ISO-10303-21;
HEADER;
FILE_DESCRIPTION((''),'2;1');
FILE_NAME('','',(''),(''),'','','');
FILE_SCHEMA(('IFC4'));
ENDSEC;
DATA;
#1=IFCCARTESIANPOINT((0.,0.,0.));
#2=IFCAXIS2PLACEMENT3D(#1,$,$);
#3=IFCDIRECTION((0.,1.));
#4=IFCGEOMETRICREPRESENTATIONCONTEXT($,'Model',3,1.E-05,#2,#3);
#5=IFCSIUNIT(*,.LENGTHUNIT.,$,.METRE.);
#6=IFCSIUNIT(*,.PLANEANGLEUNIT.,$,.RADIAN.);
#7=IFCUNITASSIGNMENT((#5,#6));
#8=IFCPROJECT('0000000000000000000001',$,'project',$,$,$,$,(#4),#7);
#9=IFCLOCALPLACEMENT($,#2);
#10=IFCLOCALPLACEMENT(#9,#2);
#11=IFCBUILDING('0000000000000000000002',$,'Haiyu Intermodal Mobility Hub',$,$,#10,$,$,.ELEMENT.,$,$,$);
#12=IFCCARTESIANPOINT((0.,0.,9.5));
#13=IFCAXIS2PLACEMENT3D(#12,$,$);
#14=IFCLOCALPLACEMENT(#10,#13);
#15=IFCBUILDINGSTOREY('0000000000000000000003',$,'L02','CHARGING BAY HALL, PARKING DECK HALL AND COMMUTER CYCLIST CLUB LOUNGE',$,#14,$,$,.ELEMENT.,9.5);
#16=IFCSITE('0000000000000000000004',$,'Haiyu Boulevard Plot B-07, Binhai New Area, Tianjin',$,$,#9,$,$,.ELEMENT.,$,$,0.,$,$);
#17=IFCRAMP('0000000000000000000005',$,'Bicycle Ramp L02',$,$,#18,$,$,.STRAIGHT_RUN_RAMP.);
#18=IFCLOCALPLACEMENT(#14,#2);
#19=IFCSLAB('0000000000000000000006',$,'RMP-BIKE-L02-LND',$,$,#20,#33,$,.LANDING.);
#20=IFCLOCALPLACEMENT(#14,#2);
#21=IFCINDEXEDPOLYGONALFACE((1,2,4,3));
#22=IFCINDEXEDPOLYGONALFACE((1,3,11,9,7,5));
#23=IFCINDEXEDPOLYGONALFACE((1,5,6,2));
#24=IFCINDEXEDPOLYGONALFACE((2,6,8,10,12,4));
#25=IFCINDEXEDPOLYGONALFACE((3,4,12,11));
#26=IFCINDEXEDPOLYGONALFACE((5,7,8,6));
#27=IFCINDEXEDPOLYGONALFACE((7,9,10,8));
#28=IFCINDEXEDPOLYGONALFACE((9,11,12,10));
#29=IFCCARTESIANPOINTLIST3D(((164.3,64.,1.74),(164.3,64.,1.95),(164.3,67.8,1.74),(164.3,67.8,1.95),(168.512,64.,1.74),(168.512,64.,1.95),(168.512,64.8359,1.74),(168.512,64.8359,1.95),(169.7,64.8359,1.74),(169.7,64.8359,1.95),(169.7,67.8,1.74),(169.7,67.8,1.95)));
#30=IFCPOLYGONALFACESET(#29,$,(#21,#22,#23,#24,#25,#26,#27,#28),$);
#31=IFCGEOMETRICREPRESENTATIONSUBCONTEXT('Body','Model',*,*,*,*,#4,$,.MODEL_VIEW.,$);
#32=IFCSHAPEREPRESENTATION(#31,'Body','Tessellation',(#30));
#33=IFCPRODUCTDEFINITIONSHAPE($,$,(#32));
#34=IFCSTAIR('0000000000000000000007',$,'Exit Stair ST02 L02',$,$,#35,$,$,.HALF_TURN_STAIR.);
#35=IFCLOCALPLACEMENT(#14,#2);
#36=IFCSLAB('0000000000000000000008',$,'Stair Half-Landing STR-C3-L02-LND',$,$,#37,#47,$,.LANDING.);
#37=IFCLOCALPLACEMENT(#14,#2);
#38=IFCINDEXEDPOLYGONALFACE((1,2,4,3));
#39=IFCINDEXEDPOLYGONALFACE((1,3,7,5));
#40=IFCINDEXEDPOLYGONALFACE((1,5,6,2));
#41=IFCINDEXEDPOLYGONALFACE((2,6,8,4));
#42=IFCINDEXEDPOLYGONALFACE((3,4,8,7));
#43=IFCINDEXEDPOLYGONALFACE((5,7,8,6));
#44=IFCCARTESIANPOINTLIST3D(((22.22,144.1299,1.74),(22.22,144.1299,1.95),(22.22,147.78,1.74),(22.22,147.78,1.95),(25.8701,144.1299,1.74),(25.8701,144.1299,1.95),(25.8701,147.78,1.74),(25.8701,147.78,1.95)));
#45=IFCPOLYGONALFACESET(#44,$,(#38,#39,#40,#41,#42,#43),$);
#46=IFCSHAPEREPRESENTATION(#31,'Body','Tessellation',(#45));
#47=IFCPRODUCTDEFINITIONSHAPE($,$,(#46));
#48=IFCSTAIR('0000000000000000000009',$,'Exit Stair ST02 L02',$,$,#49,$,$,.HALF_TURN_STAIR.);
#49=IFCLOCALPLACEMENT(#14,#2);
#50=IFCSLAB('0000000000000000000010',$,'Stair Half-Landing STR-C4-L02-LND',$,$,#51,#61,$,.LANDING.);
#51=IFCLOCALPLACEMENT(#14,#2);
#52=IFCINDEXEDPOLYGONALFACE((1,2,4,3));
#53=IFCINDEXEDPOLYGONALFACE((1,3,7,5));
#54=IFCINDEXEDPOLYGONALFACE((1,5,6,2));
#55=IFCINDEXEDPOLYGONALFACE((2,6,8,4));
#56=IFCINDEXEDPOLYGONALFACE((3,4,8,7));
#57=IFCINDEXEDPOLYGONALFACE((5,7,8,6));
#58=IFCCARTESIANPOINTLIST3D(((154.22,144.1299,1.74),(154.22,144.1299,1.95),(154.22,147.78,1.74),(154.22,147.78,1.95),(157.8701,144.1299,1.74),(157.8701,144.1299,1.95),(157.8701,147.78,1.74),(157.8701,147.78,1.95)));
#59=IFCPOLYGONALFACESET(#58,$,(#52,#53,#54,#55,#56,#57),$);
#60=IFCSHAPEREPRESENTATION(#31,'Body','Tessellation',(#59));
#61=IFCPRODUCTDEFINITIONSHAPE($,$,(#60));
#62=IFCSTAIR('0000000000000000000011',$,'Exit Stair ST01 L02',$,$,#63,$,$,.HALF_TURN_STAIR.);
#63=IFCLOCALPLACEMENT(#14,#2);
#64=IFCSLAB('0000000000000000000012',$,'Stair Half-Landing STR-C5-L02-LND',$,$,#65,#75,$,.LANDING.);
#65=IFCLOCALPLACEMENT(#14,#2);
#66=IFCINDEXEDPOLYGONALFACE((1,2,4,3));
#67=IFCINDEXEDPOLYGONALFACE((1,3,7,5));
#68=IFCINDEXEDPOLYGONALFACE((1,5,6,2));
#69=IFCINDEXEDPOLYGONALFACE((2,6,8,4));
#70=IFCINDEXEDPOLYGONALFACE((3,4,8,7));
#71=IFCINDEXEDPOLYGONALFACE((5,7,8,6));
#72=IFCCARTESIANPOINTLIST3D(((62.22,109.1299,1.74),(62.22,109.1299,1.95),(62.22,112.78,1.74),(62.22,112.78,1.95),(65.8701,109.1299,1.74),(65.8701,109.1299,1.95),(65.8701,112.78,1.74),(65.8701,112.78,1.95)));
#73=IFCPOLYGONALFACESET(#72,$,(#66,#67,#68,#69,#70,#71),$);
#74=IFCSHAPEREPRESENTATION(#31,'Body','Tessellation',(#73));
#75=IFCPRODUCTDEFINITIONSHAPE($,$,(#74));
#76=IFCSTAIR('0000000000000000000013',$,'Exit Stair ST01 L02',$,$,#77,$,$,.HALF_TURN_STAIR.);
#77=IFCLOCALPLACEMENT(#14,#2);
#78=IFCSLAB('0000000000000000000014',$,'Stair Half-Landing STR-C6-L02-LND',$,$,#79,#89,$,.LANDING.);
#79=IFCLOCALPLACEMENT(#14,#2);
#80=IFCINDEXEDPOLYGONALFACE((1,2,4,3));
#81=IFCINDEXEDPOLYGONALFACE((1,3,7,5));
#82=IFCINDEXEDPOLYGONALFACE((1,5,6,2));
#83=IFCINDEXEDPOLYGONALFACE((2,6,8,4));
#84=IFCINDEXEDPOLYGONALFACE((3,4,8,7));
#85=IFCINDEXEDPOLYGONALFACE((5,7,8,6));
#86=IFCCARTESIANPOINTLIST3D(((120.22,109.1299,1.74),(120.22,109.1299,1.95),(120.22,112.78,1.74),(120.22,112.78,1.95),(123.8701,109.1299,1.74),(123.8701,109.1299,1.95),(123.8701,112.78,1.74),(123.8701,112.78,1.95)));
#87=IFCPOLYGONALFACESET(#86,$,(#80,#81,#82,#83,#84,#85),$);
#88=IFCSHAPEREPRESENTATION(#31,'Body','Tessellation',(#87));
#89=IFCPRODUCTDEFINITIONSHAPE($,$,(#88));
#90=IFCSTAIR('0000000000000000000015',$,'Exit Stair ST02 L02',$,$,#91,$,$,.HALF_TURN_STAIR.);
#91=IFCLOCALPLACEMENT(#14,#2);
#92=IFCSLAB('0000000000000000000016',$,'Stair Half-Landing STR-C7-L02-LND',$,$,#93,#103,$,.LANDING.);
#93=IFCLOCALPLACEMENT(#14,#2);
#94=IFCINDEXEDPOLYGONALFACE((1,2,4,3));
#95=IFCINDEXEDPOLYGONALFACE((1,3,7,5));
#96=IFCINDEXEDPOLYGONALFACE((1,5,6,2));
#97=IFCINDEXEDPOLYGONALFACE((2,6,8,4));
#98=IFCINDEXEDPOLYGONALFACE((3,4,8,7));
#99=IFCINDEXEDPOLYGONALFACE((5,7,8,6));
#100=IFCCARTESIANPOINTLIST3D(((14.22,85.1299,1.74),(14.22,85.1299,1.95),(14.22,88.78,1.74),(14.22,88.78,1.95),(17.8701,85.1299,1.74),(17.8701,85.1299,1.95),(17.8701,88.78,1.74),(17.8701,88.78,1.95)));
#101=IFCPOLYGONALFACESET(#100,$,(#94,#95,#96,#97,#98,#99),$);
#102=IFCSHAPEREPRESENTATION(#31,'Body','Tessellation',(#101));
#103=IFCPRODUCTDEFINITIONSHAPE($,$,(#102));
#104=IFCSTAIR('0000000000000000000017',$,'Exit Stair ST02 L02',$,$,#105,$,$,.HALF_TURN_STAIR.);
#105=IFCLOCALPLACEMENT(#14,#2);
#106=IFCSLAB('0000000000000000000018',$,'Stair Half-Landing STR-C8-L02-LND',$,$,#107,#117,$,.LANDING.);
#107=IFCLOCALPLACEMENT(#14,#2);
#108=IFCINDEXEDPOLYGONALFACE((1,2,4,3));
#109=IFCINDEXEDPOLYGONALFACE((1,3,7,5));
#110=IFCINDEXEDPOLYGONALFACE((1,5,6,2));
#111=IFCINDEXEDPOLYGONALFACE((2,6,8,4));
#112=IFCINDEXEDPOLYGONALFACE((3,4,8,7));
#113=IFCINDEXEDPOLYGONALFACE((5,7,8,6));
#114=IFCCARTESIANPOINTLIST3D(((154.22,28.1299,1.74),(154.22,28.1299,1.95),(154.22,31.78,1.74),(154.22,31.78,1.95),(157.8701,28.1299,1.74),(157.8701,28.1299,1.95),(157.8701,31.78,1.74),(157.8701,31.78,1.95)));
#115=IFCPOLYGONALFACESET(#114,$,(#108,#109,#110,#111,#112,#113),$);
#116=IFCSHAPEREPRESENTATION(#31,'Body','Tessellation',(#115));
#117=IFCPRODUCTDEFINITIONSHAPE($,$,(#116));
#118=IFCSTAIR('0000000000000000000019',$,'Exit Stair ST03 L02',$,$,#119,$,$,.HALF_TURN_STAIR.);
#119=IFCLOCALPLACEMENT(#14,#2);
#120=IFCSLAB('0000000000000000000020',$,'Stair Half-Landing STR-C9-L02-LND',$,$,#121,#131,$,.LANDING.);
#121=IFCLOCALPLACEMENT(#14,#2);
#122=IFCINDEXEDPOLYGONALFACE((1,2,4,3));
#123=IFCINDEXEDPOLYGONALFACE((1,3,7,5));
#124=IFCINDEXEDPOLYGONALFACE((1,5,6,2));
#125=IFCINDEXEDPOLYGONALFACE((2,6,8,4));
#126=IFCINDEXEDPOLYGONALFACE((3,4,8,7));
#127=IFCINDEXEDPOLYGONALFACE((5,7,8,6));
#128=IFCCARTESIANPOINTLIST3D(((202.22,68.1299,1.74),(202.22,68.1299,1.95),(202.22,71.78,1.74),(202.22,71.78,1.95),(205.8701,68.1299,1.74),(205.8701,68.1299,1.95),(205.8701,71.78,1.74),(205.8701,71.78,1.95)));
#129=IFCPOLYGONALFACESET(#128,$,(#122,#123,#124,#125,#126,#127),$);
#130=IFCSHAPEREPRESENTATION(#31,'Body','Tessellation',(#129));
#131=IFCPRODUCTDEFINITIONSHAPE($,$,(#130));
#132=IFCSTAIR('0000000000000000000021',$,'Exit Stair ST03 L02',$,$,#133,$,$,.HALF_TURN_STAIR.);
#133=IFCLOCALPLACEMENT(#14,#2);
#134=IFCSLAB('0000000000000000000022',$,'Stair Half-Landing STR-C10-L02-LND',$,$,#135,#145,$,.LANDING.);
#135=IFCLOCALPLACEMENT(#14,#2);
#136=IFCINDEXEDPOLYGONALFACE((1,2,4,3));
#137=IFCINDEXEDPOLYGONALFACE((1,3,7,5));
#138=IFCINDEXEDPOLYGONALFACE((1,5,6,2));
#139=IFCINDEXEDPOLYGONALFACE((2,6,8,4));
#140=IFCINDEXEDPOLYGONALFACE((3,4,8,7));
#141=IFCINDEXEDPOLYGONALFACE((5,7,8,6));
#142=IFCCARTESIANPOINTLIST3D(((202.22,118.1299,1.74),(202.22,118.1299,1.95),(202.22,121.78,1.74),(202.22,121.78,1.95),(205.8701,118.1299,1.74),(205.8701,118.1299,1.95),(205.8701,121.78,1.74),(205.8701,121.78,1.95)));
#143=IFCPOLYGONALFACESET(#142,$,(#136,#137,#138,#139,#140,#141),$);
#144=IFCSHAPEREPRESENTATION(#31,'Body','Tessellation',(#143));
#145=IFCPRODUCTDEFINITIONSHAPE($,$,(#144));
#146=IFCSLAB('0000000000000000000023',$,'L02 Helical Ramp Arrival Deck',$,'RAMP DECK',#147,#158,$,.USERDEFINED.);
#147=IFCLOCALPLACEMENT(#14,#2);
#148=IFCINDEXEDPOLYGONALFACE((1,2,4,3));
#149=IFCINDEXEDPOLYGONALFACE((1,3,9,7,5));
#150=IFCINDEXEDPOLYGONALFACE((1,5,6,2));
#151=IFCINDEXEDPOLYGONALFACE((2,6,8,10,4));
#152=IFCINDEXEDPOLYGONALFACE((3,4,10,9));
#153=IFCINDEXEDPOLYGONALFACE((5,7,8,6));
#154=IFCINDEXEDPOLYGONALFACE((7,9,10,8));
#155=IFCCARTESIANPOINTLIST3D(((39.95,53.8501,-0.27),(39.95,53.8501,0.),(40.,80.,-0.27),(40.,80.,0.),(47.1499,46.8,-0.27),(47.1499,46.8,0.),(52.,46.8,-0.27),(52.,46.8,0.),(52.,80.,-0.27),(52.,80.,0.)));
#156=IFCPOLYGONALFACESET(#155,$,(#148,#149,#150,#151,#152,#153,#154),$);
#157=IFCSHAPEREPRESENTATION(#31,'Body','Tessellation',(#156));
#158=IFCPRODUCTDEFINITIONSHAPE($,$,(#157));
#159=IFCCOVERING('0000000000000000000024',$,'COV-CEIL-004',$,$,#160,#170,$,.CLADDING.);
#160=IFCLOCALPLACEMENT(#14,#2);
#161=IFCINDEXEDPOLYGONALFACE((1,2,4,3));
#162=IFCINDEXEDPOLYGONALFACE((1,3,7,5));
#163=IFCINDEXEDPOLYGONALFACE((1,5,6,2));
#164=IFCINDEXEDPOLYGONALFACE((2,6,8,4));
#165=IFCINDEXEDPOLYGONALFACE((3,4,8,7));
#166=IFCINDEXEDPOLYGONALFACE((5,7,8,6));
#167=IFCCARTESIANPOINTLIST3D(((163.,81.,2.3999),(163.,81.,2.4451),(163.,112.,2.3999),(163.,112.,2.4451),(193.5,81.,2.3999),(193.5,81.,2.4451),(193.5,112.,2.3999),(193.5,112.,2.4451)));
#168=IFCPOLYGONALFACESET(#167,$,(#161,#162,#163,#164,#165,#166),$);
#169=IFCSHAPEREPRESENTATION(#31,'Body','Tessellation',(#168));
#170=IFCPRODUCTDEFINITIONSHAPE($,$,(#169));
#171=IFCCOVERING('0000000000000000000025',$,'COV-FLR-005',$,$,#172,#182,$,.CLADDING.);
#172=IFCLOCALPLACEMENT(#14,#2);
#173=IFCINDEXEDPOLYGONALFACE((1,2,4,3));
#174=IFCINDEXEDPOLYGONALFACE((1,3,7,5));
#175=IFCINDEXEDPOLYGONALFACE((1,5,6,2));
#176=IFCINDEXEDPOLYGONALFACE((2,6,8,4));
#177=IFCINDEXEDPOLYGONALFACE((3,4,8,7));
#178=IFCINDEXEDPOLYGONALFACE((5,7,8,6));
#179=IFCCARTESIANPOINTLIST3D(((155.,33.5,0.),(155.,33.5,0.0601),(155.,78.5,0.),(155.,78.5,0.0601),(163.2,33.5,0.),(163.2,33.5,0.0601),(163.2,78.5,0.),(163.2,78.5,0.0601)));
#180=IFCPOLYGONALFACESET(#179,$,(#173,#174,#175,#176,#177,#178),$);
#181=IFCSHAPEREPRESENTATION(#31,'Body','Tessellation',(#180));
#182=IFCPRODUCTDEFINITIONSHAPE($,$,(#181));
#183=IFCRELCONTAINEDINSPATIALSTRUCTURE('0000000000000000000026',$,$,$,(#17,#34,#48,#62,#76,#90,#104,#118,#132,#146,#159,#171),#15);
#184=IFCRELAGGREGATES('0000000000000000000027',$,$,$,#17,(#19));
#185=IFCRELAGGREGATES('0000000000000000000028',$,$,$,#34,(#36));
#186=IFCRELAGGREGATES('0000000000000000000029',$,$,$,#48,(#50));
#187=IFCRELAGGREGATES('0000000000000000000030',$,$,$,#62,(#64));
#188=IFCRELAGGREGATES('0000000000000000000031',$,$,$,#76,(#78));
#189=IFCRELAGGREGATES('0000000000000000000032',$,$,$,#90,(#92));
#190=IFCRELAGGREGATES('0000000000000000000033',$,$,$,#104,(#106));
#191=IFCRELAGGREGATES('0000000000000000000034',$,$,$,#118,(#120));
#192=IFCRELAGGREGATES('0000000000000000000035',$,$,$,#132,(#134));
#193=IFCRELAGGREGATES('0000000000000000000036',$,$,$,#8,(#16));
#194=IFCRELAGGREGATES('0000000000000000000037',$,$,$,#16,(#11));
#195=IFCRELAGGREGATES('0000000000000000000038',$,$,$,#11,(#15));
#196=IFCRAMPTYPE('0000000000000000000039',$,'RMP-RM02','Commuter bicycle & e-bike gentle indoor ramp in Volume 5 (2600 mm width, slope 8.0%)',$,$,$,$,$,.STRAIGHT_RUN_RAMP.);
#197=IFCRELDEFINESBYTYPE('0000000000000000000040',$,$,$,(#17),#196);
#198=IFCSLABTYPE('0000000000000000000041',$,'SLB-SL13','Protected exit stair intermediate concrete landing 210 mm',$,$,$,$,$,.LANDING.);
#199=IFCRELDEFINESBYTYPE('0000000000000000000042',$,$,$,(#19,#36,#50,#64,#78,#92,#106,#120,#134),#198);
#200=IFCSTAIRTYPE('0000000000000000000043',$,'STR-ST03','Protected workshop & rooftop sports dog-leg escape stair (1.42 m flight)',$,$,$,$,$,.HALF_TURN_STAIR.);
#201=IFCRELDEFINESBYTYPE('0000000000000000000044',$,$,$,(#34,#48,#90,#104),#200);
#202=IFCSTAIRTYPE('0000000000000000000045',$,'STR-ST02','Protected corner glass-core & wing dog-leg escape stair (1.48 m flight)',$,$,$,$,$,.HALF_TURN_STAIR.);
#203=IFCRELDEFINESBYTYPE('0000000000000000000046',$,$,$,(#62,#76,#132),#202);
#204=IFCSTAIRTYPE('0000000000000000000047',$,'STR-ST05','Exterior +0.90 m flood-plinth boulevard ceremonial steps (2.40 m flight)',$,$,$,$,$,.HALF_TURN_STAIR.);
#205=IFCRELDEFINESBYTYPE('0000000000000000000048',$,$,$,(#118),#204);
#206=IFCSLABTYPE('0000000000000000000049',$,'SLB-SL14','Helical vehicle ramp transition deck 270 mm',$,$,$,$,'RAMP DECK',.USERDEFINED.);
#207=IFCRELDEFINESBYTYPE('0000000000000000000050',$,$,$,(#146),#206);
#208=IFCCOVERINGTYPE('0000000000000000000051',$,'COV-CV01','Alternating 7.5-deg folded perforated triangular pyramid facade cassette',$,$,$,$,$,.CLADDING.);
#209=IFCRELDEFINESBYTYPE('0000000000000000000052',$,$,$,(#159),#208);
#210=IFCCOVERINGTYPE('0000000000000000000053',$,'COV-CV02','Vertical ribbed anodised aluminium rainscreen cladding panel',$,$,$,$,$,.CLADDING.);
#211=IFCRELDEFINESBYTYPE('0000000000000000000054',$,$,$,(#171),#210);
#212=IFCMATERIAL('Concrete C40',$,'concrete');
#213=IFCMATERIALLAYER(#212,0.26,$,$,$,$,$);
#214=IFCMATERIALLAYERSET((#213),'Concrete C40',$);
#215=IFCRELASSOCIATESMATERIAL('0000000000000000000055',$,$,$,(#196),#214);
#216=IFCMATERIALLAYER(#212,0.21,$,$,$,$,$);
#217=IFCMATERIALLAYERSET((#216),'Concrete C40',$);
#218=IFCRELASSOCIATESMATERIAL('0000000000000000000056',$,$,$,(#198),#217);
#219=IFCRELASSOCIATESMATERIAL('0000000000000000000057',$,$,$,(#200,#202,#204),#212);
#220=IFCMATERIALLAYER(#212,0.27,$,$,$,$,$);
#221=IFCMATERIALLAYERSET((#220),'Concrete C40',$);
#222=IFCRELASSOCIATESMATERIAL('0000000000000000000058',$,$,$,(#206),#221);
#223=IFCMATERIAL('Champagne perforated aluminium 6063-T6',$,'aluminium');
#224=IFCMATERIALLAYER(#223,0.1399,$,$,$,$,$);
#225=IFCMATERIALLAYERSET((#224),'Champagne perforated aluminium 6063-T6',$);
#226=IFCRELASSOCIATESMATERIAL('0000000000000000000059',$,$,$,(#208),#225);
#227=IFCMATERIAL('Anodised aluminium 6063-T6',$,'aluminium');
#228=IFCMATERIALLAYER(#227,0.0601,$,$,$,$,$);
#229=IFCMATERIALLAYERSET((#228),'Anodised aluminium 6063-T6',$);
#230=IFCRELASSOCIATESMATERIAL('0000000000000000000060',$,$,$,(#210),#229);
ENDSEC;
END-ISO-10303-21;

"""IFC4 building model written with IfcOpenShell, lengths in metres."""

from ifc_helpers import new_model, si_unit, direction, frame, origin, place, context, subcontext, project, spatial, polyline, outline, extrude, material, layer, layer_set, type_object, element, aggregate, save


model = new_model("IFC4")

# Units and contexts
model_context = context("Model", 3, precision=1e-05, world=origin(), true_north=direction((0.0, 1.0)))
body_context = subcontext(model_context, "Body", "Model", "MODEL_VIEW")
ifc_project = project(units=[si_unit("LENGTHUNIT", "METRE"), si_unit("PLANEANGLEUNIT", "RADIAN")], contexts=[model_context])

# Site, building, storey
site_placement = place(None, origin())
site = spatial("IfcSite", under=ifc_project, at=site_placement, Name="Haiyu Boulevard Plot B-07, Binhai New Area, Tianjin", CompositionType="ELEMENT", RefElevation=0.0)
building_placement = place(site_placement, origin())
building = spatial("IfcBuilding", under=site, at=building_placement, Name="Haiyu Intermodal Mobility Hub", CompositionType="ELEMENT")
storey_placement = place(building_placement, frame((0.0, 0.0, 9.5)))
storey = spatial("IfcBuildingStorey", under=building, at=storey_placement, Name="L02", Description="CHARGING BAY HALL, PARKING DECK HALL AND COMMUTER CYCLIST CLUB LOUNGE", CompositionType="ELEMENT", Elevation=9.5)

# Shared definitions
ifc_material_1 = material(Name="Concrete C40", Category="concrete")

# Ramp, slab
ifc_layer_1 = layer(ifc_material_1, 0.26)
ifc_layer_set_1 = layer_set([ifc_layer_1], Name="Concrete C40")
ramp_type = type_object("IfcRampType", Name="RMP-RM02", Description="Commuter bicycle & e-bike gentle indoor ramp in Volume 5 (2600 mm width, slope 8.0%)", PredefinedType="STRAIGHT_RUN_RAMP", material=ifc_layer_set_1)
ramp_placement = place(storey_placement, origin())
ramp = element("IfcRamp", 1, at=ramp_placement, inside=storey, type_object=ramp_type, Name="Bicycle Ramp L02", PredefinedType="STRAIGHT_RUN_RAMP")
ifc_layer_2 = layer(ifc_material_1, 0.21)
ifc_layer_set_2 = layer_set([ifc_layer_2], Name="Concrete C40")
slab_type_1 = type_object("IfcSlabType", Name="SLB-SL13", Description="Protected exit stair intermediate concrete landing 210 mm", PredefinedType="LANDING", material=ifc_layer_set_2)
slab_1_placement = place(storey_placement, frame((0.0, 0.0, 1.74)))
slab_1 = element("IfcSlab", 2, at=slab_1_placement, type_object=slab_type_1, Name="RMP-BIKE-L02-LND", PredefinedType="LANDING", context=body_context, shape_type="SweptSolid", body=[
    extrude(outline(polyline([(164.3, 64.0), (168.512, 64.0), (168.512, 64.8359), (169.7, 64.8359), (169.7, 67.8), (164.3, 67.8), (164.3, 64.0)])), origin(), (0.0, 0.0, 1.0), 0.21),
])
aggregate(ramp, [slab_1])

# Stairs, slabs
stair_type_1 = type_object("IfcStairType", Name="STR-ST03", Description="Protected workshop & rooftop sports dog-leg escape stair (1.42 m flight)", PredefinedType="HALF_TURN_STAIR", material=ifc_material_1)
stair_1_placement = place(storey_placement, origin())
stair_1 = element("IfcStair", 3, at=stair_1_placement, inside=storey, type_object=stair_type_1, Name="Exit Stair ST02 L02", PredefinedType="HALF_TURN_STAIR")
slab_2_placement = place(storey_placement, frame((0.0, 0.0, 1.74)))
slab_2 = element("IfcSlab", 4, at=slab_2_placement, type_object=slab_type_1, Name="Stair Half-Landing STR-C3-L02-LND", PredefinedType="LANDING", context=body_context, shape_type="SweptSolid", body=[
    extrude(outline(polyline([(22.22, 144.1299), (25.8701, 144.1299), (25.8701, 147.78), (22.22, 147.78), (22.22, 144.1299)])), origin(), (0.0, 0.0, 1.0), 0.21),
])
aggregate(stair_1, [slab_2])
stair_2_placement = place(storey_placement, origin())
stair_2 = element("IfcStair", 5, at=stair_2_placement, inside=storey, type_object=stair_type_1, Name="Exit Stair ST02 L02", PredefinedType="HALF_TURN_STAIR")
slab_3_placement = place(storey_placement, frame((0.0, 0.0, 1.74)))
slab_3 = element("IfcSlab", 6, at=slab_3_placement, type_object=slab_type_1, Name="Stair Half-Landing STR-C4-L02-LND", PredefinedType="LANDING", context=body_context, shape_type="SweptSolid", body=[
    extrude(outline(polyline([(154.22, 144.1299), (157.8701, 144.1299), (157.8701, 147.78), (154.22, 147.78), (154.22, 144.1299)])), origin(), (0.0, 0.0, 1.0), 0.21),
])
aggregate(stair_2, [slab_3])
stair_type_2 = type_object("IfcStairType", Name="STR-ST02", Description="Protected corner glass-core & wing dog-leg escape stair (1.48 m flight)", PredefinedType="HALF_TURN_STAIR", material=ifc_material_1)
stair_3_placement = place(storey_placement, origin())
stair_3 = element("IfcStair", 7, at=stair_3_placement, inside=storey, type_object=stair_type_2, Name="Exit Stair ST01 L02", PredefinedType="HALF_TURN_STAIR")
slab_4_placement = place(storey_placement, frame((0.0, 0.0, 1.74)))
slab_4 = element("IfcSlab", 8, at=slab_4_placement, type_object=slab_type_1, Name="Stair Half-Landing STR-C5-L02-LND", PredefinedType="LANDING", context=body_context, shape_type="SweptSolid", body=[
    extrude(outline(polyline([(62.22, 109.1299), (65.8701, 109.1299), (65.8701, 112.78), (62.22, 112.78), (62.22, 109.1299)])), origin(), (0.0, 0.0, 1.0), 0.21),
])
aggregate(stair_3, [slab_4])
stair_4_placement = place(storey_placement, origin())
stair_4 = element("IfcStair", 9, at=stair_4_placement, inside=storey, type_object=stair_type_2, Name="Exit Stair ST01 L02", PredefinedType="HALF_TURN_STAIR")
slab_5_placement = place(storey_placement, frame((0.0, 0.0, 1.74)))
slab_5 = element("IfcSlab", 10, at=slab_5_placement, type_object=slab_type_1, Name="Stair Half-Landing STR-C6-L02-LND", PredefinedType="LANDING", context=body_context, shape_type="SweptSolid", body=[
    extrude(outline(polyline([(120.22, 109.1299), (123.8701, 109.1299), (123.8701, 112.78), (120.22, 112.78), (120.22, 109.1299)])), origin(), (0.0, 0.0, 1.0), 0.21),
])
aggregate(stair_4, [slab_5])
stair_5_placement = place(storey_placement, origin())
stair_5 = element("IfcStair", 11, at=stair_5_placement, inside=storey, type_object=stair_type_1, Name="Exit Stair ST02 L02", PredefinedType="HALF_TURN_STAIR")
slab_6_placement = place(storey_placement, frame((0.0, 0.0, 1.74)))
slab_6 = element("IfcSlab", 12, at=slab_6_placement, type_object=slab_type_1, Name="Stair Half-Landing STR-C7-L02-LND", PredefinedType="LANDING", context=body_context, shape_type="SweptSolid", body=[
    extrude(outline(polyline([(14.22, 85.1299), (17.8701, 85.1299), (17.8701, 88.78), (14.22, 88.78), (14.22, 85.1299)])), origin(), (0.0, 0.0, 1.0), 0.21),
])
aggregate(stair_5, [slab_6])
stair_6_placement = place(storey_placement, origin())
stair_6 = element("IfcStair", 13, at=stair_6_placement, inside=storey, type_object=stair_type_1, Name="Exit Stair ST02 L02", PredefinedType="HALF_TURN_STAIR")
slab_7_placement = place(storey_placement, frame((0.0, 0.0, 1.74)))
slab_7 = element("IfcSlab", 14, at=slab_7_placement, type_object=slab_type_1, Name="Stair Half-Landing STR-C8-L02-LND", PredefinedType="LANDING", context=body_context, shape_type="SweptSolid", body=[
    extrude(outline(polyline([(154.22, 28.1299), (157.8701, 28.1299), (157.8701, 31.78), (154.22, 31.78), (154.22, 28.1299)])), origin(), (0.0, 0.0, 1.0), 0.21),
])
aggregate(stair_6, [slab_7])
stair_type_3 = type_object("IfcStairType", Name="STR-ST05", Description="Exterior +0.90 m flood-plinth boulevard ceremonial steps (2.40 m flight)", PredefinedType="HALF_TURN_STAIR", material=ifc_material_1)
stair_7_placement = place(storey_placement, origin())
stair_7 = element("IfcStair", 15, at=stair_7_placement, inside=storey, type_object=stair_type_3, Name="Exit Stair ST03 L02", PredefinedType="HALF_TURN_STAIR")
slab_8_placement = place(storey_placement, frame((0.0, 0.0, 1.74)))
slab_8 = element("IfcSlab", 16, at=slab_8_placement, type_object=slab_type_1, Name="Stair Half-Landing STR-C9-L02-LND", PredefinedType="LANDING", context=body_context, shape_type="SweptSolid", body=[
    extrude(outline(polyline([(202.22, 68.1299), (205.8701, 68.1299), (205.8701, 71.78), (202.22, 71.78), (202.22, 68.1299)])), origin(), (0.0, 0.0, 1.0), 0.21),
])
aggregate(stair_7, [slab_8])
stair_8_placement = place(storey_placement, origin())
stair_8 = element("IfcStair", 17, at=stair_8_placement, inside=storey, type_object=stair_type_2, Name="Exit Stair ST03 L02", PredefinedType="HALF_TURN_STAIR")
slab_9_placement = place(storey_placement, frame((0.0, 0.0, 1.74)))
slab_9 = element("IfcSlab", 18, at=slab_9_placement, type_object=slab_type_1, Name="Stair Half-Landing STR-C10-L02-LND", PredefinedType="LANDING", context=body_context, shape_type="SweptSolid", body=[
    extrude(outline(polyline([(202.22, 118.1299), (205.8701, 118.1299), (205.8701, 121.78), (202.22, 121.78), (202.22, 118.1299)])), origin(), (0.0, 0.0, 1.0), 0.21),
])
aggregate(stair_8, [slab_9])

# Slab
ifc_layer_3 = layer(ifc_material_1, 0.27)
ifc_layer_set_3 = layer_set([ifc_layer_3], Name="Concrete C40")
slab_type_2 = type_object("IfcSlabType", Name="SLB-SL14", Description="Helical vehicle ramp transition deck 270 mm", ElementType="RAMP DECK", PredefinedType="USERDEFINED", material=ifc_layer_set_3)
slab_10_placement = place(storey_placement, frame((0.0, 0.0, -0.27)))
element("IfcSlab", 19, at=slab_10_placement, inside=storey, type_object=slab_type_2, Name="L02 Helical Ramp Arrival Deck", ObjectType="RAMP DECK", PredefinedType="USERDEFINED", context=body_context, shape_type="SweptSolid", body=[
    extrude(outline(polyline([(39.95, 53.8501), (47.1499, 46.8), (52.0, 46.8), (52.0, 80.0), (40.0, 80.0), (39.95, 53.8501)])), origin(), (0.0, 0.0, 1.0), 0.27),
])

# Coverings
ifc_material_2 = material(Name="Champagne perforated aluminium 6063-T6", Category="aluminium")
ifc_layer_4 = layer(ifc_material_2, 0.1399)
ifc_layer_set_4 = layer_set([ifc_layer_4], Name="Champagne perforated aluminium 6063-T6")
covering_type_1 = type_object("IfcCoveringType", Name="COV-CV01", Description="Alternating 7.5-deg folded perforated triangular pyramid facade cassette", PredefinedType="CLADDING", material=ifc_layer_set_4)
covering_1_placement = place(storey_placement, frame((0.0, 0.0, 2.3999)))
element("IfcCovering", 20, at=covering_1_placement, inside=storey, type_object=covering_type_1, Name="COV-CEIL-004", PredefinedType="CLADDING", context=body_context, shape_type="SweptSolid", body=[
    extrude(outline(polyline([(163.0, 81.0), (193.5, 81.0), (193.5, 112.0), (163.0, 112.0), (163.0, 81.0)])), origin(), (0.0, 0.0, 1.0), 0.0452),
])
ifc_material_3 = material(Name="Anodised aluminium 6063-T6", Category="aluminium")
ifc_layer_5 = layer(ifc_material_3, 0.0601)
ifc_layer_set_5 = layer_set([ifc_layer_5], Name="Anodised aluminium 6063-T6")
covering_type_2 = type_object("IfcCoveringType", Name="COV-CV02", Description="Vertical ribbed anodised aluminium rainscreen cladding panel", PredefinedType="CLADDING", material=ifc_layer_set_5)
covering_2_placement = place(storey_placement, origin())
element("IfcCovering", 21, at=covering_2_placement, inside=storey, type_object=covering_type_2, Name="COV-FLR-005", PredefinedType="CLADDING", context=body_context, shape_type="SweptSolid", body=[
    extrude(outline(polyline([(155.0, 33.5), (163.2, 33.5), (163.2, 78.5), (155.0, 78.5), (155.0, 33.5)])), origin(), (0.0, 0.0, 1.0), 0.0601),
])

save(model, "model.ifc")
